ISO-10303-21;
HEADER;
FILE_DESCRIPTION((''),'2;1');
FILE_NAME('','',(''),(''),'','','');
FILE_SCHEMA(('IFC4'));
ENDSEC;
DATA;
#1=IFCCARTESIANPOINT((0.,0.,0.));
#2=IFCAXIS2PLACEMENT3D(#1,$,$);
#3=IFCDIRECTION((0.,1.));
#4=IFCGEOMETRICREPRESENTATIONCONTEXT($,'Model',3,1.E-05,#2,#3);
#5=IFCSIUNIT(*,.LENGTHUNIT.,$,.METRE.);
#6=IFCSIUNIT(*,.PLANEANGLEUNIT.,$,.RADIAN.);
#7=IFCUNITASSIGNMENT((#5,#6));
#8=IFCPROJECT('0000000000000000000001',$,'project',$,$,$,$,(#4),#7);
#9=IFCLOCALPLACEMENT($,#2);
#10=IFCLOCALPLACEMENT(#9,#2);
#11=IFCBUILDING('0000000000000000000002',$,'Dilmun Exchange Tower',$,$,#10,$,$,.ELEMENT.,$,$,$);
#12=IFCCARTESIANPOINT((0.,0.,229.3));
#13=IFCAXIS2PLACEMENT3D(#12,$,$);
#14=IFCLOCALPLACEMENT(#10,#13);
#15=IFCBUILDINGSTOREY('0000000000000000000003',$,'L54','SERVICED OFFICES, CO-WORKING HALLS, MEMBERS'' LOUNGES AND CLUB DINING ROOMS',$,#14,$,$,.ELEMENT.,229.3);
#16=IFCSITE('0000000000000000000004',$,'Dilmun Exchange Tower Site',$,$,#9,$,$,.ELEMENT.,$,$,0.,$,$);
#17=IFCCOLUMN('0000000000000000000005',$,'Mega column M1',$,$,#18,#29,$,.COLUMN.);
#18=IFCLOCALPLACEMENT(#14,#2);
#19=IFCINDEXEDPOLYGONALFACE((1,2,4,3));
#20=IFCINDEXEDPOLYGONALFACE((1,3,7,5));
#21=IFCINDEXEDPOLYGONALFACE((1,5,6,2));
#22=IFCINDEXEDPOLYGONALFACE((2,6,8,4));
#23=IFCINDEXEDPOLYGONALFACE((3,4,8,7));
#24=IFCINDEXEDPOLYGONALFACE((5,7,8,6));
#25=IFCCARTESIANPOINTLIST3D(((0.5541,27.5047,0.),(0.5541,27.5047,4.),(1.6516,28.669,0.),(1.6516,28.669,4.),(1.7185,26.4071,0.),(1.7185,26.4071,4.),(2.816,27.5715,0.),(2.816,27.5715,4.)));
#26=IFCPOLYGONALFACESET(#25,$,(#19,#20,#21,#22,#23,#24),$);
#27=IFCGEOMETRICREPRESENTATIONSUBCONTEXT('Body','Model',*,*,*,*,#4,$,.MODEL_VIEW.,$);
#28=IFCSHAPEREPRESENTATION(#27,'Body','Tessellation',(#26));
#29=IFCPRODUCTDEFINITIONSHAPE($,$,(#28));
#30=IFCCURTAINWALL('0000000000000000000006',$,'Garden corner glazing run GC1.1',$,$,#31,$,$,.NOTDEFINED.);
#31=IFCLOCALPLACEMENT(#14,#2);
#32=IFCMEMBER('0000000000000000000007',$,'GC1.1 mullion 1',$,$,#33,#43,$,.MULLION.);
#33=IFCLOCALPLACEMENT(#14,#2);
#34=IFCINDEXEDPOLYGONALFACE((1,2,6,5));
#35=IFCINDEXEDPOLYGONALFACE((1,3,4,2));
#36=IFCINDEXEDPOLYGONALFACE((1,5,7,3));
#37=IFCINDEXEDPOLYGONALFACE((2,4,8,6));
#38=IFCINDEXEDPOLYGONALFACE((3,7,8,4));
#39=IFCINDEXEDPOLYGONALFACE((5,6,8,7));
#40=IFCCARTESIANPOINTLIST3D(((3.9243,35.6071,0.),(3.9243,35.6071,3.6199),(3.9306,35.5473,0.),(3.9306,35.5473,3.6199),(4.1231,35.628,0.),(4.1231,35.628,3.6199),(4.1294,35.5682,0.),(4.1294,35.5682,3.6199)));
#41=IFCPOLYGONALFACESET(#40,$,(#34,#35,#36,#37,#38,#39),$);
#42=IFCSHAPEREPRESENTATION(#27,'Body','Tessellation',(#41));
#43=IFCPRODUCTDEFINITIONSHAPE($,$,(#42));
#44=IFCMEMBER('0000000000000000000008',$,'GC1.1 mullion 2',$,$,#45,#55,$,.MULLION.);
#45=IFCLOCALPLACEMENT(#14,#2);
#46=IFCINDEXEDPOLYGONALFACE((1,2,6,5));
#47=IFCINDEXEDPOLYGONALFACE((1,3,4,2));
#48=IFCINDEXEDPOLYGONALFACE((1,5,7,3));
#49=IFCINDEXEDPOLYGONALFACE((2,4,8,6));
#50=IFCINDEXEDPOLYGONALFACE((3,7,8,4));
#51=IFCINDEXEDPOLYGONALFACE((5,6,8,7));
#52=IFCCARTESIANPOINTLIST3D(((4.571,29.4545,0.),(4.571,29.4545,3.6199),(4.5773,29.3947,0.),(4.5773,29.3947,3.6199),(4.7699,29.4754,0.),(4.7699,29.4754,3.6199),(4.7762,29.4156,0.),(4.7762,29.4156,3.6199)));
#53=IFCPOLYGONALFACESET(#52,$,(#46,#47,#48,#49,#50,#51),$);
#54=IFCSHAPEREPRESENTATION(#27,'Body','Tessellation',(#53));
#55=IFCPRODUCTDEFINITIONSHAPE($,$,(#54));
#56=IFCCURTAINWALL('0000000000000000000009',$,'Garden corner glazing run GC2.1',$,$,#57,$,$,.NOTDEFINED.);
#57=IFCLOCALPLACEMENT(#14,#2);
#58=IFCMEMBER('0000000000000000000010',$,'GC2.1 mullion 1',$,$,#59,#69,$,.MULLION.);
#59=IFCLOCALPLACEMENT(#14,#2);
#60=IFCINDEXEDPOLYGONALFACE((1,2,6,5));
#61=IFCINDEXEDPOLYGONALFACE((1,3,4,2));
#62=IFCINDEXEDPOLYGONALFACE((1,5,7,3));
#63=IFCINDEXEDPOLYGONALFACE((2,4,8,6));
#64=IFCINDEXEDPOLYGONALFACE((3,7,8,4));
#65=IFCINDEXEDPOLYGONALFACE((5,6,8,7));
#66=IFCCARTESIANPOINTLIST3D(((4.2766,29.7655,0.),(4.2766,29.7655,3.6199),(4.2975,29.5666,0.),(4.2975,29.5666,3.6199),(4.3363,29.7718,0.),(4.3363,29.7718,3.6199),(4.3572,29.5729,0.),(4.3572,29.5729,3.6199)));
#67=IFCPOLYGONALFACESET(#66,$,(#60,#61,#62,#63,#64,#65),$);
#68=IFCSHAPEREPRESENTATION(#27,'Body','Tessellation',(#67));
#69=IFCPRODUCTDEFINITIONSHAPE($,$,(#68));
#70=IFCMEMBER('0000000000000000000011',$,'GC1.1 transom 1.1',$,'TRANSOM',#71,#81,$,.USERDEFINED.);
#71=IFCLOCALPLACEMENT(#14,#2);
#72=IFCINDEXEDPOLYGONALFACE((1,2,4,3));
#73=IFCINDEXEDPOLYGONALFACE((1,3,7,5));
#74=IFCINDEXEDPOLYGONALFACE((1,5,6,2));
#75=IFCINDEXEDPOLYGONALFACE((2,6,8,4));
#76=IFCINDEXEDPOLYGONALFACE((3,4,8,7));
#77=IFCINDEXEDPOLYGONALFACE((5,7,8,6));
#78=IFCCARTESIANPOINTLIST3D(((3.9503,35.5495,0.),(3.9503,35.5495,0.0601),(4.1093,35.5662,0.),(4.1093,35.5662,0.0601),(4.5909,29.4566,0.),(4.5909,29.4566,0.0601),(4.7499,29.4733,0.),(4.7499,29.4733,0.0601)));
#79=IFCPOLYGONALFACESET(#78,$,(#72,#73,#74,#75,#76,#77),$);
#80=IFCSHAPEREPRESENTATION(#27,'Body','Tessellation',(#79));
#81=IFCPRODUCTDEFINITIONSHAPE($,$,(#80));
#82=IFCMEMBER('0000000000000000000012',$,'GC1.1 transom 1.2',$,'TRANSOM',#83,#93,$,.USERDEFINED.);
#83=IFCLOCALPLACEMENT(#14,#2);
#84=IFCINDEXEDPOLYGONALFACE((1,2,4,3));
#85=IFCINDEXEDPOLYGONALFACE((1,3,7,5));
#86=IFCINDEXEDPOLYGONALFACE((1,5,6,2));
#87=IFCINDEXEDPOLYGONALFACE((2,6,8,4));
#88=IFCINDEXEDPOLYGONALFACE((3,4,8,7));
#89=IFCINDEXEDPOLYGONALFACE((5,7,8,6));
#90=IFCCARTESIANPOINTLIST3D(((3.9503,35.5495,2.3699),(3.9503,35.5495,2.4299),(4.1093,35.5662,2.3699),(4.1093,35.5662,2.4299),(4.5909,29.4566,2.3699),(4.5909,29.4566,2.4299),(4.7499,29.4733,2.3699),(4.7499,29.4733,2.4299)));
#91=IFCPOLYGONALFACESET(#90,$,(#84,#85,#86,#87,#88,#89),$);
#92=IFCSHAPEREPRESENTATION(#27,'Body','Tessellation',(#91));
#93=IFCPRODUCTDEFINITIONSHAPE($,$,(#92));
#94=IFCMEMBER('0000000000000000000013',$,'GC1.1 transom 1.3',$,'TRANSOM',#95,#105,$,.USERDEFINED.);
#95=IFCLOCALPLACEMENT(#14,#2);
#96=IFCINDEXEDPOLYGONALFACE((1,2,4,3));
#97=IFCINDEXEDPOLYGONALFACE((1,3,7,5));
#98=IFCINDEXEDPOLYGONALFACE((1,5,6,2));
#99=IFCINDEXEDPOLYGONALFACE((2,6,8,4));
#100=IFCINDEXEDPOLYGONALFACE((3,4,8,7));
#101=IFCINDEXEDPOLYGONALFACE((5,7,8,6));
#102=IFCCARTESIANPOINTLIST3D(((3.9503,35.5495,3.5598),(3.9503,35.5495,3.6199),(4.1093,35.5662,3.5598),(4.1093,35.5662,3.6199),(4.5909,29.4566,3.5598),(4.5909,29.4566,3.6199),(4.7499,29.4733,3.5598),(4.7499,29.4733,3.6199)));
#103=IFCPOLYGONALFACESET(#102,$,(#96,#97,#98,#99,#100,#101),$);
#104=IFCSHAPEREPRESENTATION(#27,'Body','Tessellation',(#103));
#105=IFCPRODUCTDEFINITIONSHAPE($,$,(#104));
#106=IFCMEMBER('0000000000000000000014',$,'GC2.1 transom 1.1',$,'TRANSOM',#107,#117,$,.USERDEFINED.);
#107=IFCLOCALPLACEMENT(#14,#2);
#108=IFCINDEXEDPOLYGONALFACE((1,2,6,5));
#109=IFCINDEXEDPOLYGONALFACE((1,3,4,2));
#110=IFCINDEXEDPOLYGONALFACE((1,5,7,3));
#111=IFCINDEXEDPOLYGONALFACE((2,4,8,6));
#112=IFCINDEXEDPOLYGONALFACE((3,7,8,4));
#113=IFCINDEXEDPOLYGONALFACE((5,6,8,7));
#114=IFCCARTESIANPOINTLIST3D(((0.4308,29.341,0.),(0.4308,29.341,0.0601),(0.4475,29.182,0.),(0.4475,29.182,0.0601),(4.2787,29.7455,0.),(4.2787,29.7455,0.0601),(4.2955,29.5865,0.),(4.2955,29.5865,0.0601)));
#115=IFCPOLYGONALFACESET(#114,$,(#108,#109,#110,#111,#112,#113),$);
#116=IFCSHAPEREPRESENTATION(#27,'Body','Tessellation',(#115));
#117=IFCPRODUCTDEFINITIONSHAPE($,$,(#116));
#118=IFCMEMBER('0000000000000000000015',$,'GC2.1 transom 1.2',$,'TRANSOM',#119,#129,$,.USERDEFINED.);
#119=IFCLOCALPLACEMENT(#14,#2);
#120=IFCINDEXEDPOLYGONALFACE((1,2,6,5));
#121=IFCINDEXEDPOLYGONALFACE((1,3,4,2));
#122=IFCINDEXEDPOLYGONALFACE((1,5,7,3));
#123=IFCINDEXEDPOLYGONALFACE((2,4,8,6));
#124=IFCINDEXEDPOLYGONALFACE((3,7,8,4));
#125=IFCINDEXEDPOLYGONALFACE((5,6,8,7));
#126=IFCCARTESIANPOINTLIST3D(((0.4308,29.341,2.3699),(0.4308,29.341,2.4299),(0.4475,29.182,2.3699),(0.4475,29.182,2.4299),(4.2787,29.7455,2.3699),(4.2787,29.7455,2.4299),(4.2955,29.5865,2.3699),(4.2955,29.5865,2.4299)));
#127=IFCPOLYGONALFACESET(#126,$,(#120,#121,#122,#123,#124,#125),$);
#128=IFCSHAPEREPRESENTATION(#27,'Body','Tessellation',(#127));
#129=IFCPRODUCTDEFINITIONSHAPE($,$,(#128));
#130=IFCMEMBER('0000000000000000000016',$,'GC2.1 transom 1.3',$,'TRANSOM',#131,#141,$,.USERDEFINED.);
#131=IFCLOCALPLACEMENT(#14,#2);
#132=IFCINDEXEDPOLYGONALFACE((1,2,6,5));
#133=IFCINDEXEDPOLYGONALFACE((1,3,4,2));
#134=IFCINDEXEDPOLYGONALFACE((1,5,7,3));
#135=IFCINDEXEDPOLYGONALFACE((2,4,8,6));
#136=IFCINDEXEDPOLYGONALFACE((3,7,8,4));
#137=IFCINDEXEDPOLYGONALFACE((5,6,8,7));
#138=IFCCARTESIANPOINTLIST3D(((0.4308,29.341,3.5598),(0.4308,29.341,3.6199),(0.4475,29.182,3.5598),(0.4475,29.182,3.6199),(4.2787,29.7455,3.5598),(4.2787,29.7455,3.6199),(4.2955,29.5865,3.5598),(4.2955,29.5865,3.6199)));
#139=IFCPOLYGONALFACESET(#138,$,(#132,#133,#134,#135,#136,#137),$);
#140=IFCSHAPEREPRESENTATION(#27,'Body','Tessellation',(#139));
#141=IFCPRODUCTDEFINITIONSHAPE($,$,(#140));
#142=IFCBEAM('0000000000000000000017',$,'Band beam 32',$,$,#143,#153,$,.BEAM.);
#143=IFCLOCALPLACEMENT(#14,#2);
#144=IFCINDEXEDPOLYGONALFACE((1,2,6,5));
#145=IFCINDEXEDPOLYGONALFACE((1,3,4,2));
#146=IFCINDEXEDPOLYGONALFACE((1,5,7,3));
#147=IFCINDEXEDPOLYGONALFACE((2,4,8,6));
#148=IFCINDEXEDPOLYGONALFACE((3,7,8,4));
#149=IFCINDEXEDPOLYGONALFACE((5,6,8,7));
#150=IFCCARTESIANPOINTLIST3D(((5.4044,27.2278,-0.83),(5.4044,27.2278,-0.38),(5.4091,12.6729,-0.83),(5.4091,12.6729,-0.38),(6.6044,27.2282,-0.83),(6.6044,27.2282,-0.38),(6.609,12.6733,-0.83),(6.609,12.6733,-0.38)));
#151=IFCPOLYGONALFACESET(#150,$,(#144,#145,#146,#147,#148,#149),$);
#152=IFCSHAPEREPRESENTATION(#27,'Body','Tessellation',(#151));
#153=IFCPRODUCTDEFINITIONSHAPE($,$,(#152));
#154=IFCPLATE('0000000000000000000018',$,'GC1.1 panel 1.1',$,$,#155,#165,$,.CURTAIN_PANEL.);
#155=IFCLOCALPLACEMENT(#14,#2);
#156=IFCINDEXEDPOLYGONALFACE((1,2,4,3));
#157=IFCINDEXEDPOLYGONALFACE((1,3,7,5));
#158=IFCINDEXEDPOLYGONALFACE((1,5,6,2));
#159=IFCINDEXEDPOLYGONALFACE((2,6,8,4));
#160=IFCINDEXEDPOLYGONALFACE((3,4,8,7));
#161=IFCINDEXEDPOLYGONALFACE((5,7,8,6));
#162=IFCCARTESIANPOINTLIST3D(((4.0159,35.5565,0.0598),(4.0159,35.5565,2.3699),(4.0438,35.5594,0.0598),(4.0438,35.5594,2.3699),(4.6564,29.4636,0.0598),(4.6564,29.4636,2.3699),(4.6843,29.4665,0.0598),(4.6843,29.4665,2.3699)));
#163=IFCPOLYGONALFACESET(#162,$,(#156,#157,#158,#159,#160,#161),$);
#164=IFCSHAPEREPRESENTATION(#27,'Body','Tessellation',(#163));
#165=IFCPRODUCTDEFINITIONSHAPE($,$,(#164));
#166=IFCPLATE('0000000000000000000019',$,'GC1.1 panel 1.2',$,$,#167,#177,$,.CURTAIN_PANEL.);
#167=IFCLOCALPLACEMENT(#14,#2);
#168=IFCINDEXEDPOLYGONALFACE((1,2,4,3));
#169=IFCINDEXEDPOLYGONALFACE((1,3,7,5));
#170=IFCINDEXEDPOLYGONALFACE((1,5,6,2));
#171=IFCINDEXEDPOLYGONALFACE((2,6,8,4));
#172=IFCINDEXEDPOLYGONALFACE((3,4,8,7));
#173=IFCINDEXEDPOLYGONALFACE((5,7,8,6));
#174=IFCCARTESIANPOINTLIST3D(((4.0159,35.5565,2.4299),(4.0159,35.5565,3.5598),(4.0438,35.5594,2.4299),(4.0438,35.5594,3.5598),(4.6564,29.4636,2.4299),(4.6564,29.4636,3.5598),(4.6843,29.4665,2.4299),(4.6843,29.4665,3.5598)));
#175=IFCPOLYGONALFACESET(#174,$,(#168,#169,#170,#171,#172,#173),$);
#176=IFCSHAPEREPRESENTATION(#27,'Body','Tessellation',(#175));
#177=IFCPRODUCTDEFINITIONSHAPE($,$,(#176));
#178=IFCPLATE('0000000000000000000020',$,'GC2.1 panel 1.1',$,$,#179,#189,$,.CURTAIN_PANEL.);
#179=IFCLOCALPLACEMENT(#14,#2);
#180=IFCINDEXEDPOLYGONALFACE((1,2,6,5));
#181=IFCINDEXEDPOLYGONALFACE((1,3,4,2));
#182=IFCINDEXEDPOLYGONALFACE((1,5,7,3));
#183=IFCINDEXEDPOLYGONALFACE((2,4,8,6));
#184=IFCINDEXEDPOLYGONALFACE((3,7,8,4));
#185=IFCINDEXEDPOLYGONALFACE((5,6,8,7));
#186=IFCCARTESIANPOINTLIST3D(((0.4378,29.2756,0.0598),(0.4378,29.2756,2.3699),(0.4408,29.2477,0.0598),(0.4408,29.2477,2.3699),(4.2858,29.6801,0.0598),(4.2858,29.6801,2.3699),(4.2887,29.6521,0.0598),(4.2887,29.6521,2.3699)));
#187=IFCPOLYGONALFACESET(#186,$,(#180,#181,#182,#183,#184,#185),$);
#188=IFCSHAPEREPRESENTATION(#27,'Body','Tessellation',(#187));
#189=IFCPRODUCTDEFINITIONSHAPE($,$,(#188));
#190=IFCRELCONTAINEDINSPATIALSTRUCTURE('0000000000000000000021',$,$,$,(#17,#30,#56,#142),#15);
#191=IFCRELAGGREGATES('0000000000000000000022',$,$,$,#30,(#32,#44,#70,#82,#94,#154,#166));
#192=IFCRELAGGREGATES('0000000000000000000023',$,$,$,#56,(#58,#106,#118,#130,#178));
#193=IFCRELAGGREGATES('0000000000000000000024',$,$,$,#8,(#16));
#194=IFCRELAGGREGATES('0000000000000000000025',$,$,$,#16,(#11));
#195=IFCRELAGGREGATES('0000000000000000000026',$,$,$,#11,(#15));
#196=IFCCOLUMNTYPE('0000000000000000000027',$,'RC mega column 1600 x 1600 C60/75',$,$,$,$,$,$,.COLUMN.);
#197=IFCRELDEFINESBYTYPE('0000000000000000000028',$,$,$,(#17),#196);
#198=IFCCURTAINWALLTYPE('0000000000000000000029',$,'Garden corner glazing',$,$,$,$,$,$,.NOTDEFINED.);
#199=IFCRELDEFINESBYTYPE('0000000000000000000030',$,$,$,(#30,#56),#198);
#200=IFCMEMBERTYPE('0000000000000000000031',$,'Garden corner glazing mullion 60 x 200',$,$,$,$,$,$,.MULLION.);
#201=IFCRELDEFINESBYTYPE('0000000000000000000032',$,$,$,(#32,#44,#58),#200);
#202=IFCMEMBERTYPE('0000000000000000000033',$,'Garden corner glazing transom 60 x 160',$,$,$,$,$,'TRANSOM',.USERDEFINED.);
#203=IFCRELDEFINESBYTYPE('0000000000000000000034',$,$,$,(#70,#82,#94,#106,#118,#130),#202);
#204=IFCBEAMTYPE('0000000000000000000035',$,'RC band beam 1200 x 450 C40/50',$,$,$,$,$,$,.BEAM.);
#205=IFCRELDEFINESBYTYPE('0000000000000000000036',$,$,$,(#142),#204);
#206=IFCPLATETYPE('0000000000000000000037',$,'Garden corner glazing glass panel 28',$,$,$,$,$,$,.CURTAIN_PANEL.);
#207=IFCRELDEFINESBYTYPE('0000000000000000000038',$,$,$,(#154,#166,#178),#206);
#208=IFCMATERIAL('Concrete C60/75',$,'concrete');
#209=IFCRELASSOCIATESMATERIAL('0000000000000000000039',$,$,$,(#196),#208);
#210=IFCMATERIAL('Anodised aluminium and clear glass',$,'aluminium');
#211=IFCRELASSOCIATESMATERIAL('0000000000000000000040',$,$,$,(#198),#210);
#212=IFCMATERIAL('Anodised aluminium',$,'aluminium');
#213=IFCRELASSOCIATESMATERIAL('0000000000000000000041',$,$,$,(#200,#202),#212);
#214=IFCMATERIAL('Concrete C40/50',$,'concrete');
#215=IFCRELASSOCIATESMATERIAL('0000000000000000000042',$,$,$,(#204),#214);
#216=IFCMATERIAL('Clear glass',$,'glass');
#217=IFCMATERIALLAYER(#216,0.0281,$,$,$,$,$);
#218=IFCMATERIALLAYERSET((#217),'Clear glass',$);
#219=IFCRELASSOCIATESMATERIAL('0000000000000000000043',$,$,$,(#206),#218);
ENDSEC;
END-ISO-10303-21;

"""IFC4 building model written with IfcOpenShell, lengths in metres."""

from ifc_helpers import new_model, si_unit, direction, frame, origin, origin_2d, place, context, subcontext, project, spatial, rectangle, extrude, material, layer, layer_set, material_profile, profile_set, type_object, element, aggregate, save


model = new_model("IFC4")

# Units and contexts
model_context = context("Model", 3, precision=1e-05, world=origin(), true_north=direction((0.0, 1.0)))
body_context = subcontext(model_context, "Body", "Model", "MODEL_VIEW")
ifc_project = project(units=[si_unit("LENGTHUNIT", "METRE"), si_unit("PLANEANGLEUNIT", "RADIAN")], contexts=[model_context])

# Site, building, storey
site_placement = place(None, origin())
site = spatial("IfcSite", under=ifc_project, at=site_placement, Name="Dilmun Exchange Tower Site", CompositionType="ELEMENT", RefElevation=0.0)
building_placement = place(site_placement, origin())
building = spatial("IfcBuilding", under=site, at=building_placement, Name="Dilmun Exchange Tower", CompositionType="ELEMENT")
storey_placement = place(building_placement, frame((0.0, 0.0, 229.3)))
storey = spatial("IfcBuildingStorey", under=building, at=storey_placement, Name="L54", Description="SERVICED OFFICES, CO-WORKING HALLS, MEMBERS' LOUNGES AND CLUB DINING ROOMS", CompositionType="ELEMENT", Elevation=229.3)

# Column
ifc_material_1 = material(Name="Concrete C60/75", Category="concrete")
ifc_material_profile_1 = material_profile(ifc_material_1, rectangle(XDim=1.6001, YDim=1.6001, at=origin_2d()), Name="1600 x 1600")
ifc_profile_set_1 = profile_set([ifc_material_profile_1], Name="Concrete C60/75")
column_type = type_object("IfcColumnType", Name="RC mega column 1600 x 1600 C60/75", PredefinedType="COLUMN", material=ifc_profile_set_1)
column_placement = place(storey_placement, frame((1.6851, 27.5381, 0.0), z_axis=(0.0, 0.0, 1.0), x_axis=(0.685916, 0.727681, 0.0)))
element("IfcColumn", 1, at=column_placement, inside=storey, type_object=column_type, Name="Mega column M1", PredefinedType="COLUMN", context=body_context, shape_type="SweptSolid", body=[
    extrude(rectangle(XDim=1.6001, YDim=1.6001, at=origin_2d()), origin(), (0.0, 0.0, 1.0), 4.0),
])

# Curtain wall, members
ifc_material_2 = material(Name="Anodised aluminium and clear glass", Category="aluminium")
curtain_wall_type = type_object("IfcCurtainWallType", Name="Garden corner glazing", PredefinedType="NOTDEFINED", material=ifc_material_2)
curtain_wall_1_placement = place(storey_placement, origin())
curtain_wall_1 = element("IfcCurtainWall", 2, at=curtain_wall_1_placement, inside=storey, type_object=curtain_wall_type, Name="Garden corner glazing run GC1.1", PredefinedType="NOTDEFINED")
ifc_material_3 = material(Name="Anodised aluminium", Category="aluminium")
ifc_material_profile_2 = material_profile(ifc_material_3, rectangle(XDim=0.2, YDim=0.0601, at=origin_2d()), Name="AL 60x200")
ifc_profile_set_2 = profile_set([ifc_material_profile_2], Name="Anodised aluminium")
member_type_1 = type_object("IfcMemberType", Name="Garden corner glazing mullion 60 x 200", PredefinedType="MULLION", material=ifc_profile_set_2)
member_1_placement = place(storey_placement, frame((4.0269, 35.5876, 0.0), z_axis=(0.0, 0.0, 1.0), x_axis=(0.994521, 0.10454, 0.0)))
member_1 = element("IfcMember", 3, at=member_1_placement, type_object=member_type_1, Name="GC1.1 mullion 1", PredefinedType="MULLION", context=body_context, shape_type="SweptSolid", body=[
    extrude(rectangle(XDim=0.2, YDim=0.0601, at=origin_2d()), origin(), (0.0, 0.0, 1.0), 3.6199),
])
member_2_placement = place(storey_placement, frame((4.6736, 29.4351, 0.0), z_axis=(0.0, 0.0, 1.0), x_axis=(0.994521, 0.10454, 0.0)))
member_2 = element("IfcMember", 4, at=member_2_placement, type_object=member_type_1, Name="GC1.1 mullion 2", PredefinedType="MULLION", context=body_context, shape_type="SweptSolid", body=[
    extrude(rectangle(XDim=0.2, YDim=0.0601, at=origin_2d()), origin(), (0.0, 0.0, 1.0), 3.6199),
])

# Curtain wall, member
curtain_wall_2_placement = place(storey_placement, origin())
curtain_wall_2 = element("IfcCurtainWall", 5, at=curtain_wall_2_placement, inside=storey, type_object=curtain_wall_type, Name="Garden corner glazing run GC2.1", PredefinedType="NOTDEFINED")
member_3_placement = place(storey_placement, frame((4.3169, 29.6692, 0.0), z_axis=(0.0, 0.0, 1.0), x_axis=(0.104536, -0.994521, 0.0)))
member_3 = element("IfcMember", 6, at=member_3_placement, type_object=member_type_1, Name="GC2.1 mullion 1", PredefinedType="MULLION", context=body_context, shape_type="SweptSolid", body=[
    extrude(rectangle(XDim=0.2, YDim=0.0601, at=origin_2d()), origin(), (0.0, 0.0, 1.0), 3.6199),
])

# Members
ifc_material_profile_3 = material_profile(ifc_material_3, rectangle(XDim=0.1599, YDim=0.0601, at=origin_2d()), Name="AL 60x160")
ifc_profile_set_3 = profile_set([ifc_material_profile_3], Name="Anodised aluminium")
member_type_2 = type_object("IfcMemberType", Name="Garden corner glazing transom 60 x 160", ElementType="TRANSOM", PredefinedType="USERDEFINED", material=ifc_profile_set_3)
member_4_placement = place(storey_placement, frame((4.0298, 35.5579, 0.03), z_axis=(0.104569, -0.994518, 0.0), x_axis=(0.994518, 0.104569, 0.0)))
member_4 = element("IfcMember", 7, at=member_4_placement, type_object=member_type_2, Name="GC1.1 transom 1.1", ObjectType="TRANSOM", PredefinedType="USERDEFINED", context=body_context, shape_type="SweptSolid", body=[
    extrude(rectangle(XDim=0.1599, YDim=0.0601, at=origin_2d()), origin(), (0.0, 0.0, 1.0), 6.1265),
])
member_5_placement = place(storey_placement, frame((4.0298, 35.5579, 2.3999), z_axis=(0.104569, -0.994518, 0.0), x_axis=(0.994518, 0.104569, 0.0)))
member_5 = element("IfcMember", 8, at=member_5_placement, type_object=member_type_2, Name="GC1.1 transom 1.2", ObjectType="TRANSOM", PredefinedType="USERDEFINED", context=body_context, shape_type="SweptSolid", body=[
    extrude(rectangle(XDim=0.1599, YDim=0.0601, at=origin_2d()), origin(), (0.0, 0.0, 1.0), 6.1265),
])
member_6_placement = place(storey_placement, frame((4.0298, 35.5579, 3.5898), z_axis=(0.104569, -0.994518, 0.0), x_axis=(0.994518, 0.104569, 0.0)))
member_6 = element("IfcMember", 9, at=member_6_placement, type_object=member_type_2, Name="GC1.1 transom 1.3", ObjectType="TRANSOM", PredefinedType="USERDEFINED", context=body_context, shape_type="SweptSolid", body=[
    extrude(rectangle(XDim=0.1599, YDim=0.0601, at=origin_2d()), origin(), (0.0, 0.0, 1.0), 6.1265),
])
member_7_placement = place(storey_placement, frame((4.2871, 29.666, 0.03), z_axis=(-0.994519, -0.104557, 0.0), x_axis=(0.104557, -0.994519, 0.0)))
member_7 = element("IfcMember", 10, at=member_7_placement, type_object=member_type_2, Name="GC2.1 transom 1.1", ObjectType="TRANSOM", PredefinedType="USERDEFINED", context=body_context, shape_type="SweptSolid", body=[
    extrude(rectangle(XDim=0.1599, YDim=0.0601, at=origin_2d()), origin(), (0.0, 0.0, 1.0), 3.8691),
])
member_8_placement = place(storey_placement, frame((4.2871, 29.666, 2.3999), z_axis=(-0.994519, -0.104557, 0.0), x_axis=(0.104557, -0.994519, 0.0)))
member_8 = element("IfcMember", 11, at=member_8_placement, type_object=member_type_2, Name="GC2.1 transom 1.2", ObjectType="TRANSOM", PredefinedType="USERDEFINED", context=body_context, shape_type="SweptSolid", body=[
    extrude(rectangle(XDim=0.1599, YDim=0.0601, at=origin_2d()), origin(), (0.0, 0.0, 1.0), 3.8691),
])
member_9_placement = place(storey_placement, frame((4.2871, 29.666, 3.5898), z_axis=(-0.994519, -0.104557, 0.0), x_axis=(0.104557, -0.994519, 0.0)))
member_9 = element("IfcMember", 12, at=member_9_placement, type_object=member_type_2, Name="GC2.1 transom 1.3", ObjectType="TRANSOM", PredefinedType="USERDEFINED", context=body_context, shape_type="SweptSolid", body=[
    extrude(rectangle(XDim=0.1599, YDim=0.0601, at=origin_2d()), origin(), (0.0, 0.0, 1.0), 3.8691),
])

# Beam
ifc_material_4 = material(Name="Concrete C40/50", Category="concrete")
ifc_material_profile_4 = material_profile(ifc_material_4, rectangle(XDim=1.2, YDim=0.45, at=origin_2d()), Name="1200 x 450")
ifc_profile_set_4 = profile_set([ifc_material_profile_4], Name="Concrete C40/50")
beam_type = type_object("IfcBeamType", Name="RC band beam 1200 x 450 C40/50", PredefinedType="BEAM", material=ifc_profile_set_4)
beam_placement = place(storey_placement, frame((6.0044, 27.228, -0.605), z_axis=(0.000319, -1.0, 0.0), x_axis=(1.0, 0.000319, 0.0)))
element("IfcBeam", 13, at=beam_placement, inside=storey, type_object=beam_type, Name="Band beam 32", PredefinedType="BEAM", context=body_context, shape_type="SweptSolid", body=[
    extrude(rectangle(XDim=1.2, YDim=0.45, at=origin_2d()), origin(), (0.0, 0.0, 1.0), 14.5549),
])

# Plates
ifc_material_5 = material(Name="Clear glass", Category="glass")
ifc_layer = layer(ifc_material_5, 0.0281)
ifc_layer_set = layer_set([ifc_layer], Name="Clear glass")
plate_type = type_object("IfcPlateType", Name="Garden corner glazing glass panel 28", PredefinedType="CURTAIN_PANEL", material=ifc_layer_set)
plate_1_placement = place(storey_placement, frame((4.3501, 32.5115, 0.0598), z_axis=(0.0, 0.0, 1.0), x_axis=(0.10454, -0.994521, 0.0)))
plate_1 = element("IfcPlate", 14, at=plate_1_placement, type_object=plate_type, Name="GC1.1 panel 1.1", PredefinedType="CURTAIN_PANEL", context=body_context, shape_type="SweptSolid", body=[
    extrude(rectangle(XDim=6.1265, YDim=0.0281, at=origin_2d()), origin(), (0.0, 0.0, 1.0), 2.3101),
])
plate_2_placement = place(storey_placement, frame((4.3501, 32.5115, 2.4299), z_axis=(0.0, 0.0, 1.0), x_axis=(0.10454, -0.994521, 0.0)))
plate_2 = element("IfcPlate", 15, at=plate_2_placement, type_object=plate_type, Name="GC1.1 panel 1.2", PredefinedType="CURTAIN_PANEL", context=body_context, shape_type="SweptSolid", body=[
    extrude(rectangle(XDim=6.1265, YDim=0.0281, at=origin_2d()), origin(), (0.0, 0.0, 1.0), 1.1299),
])
aggregate(curtain_wall_1, [member_1, member_2, member_4, member_5, member_6, plate_1, plate_2])
plate_3_placement = place(storey_placement, frame((2.3633, 29.4639, 0.0598), z_axis=(0.0, 0.0, 1.0), x_axis=(-0.994521, -0.104536, 0.0)))
plate_3 = element("IfcPlate", 16, at=plate_3_placement, type_object=plate_type, Name="GC2.1 panel 1.1", PredefinedType="CURTAIN_PANEL", context=body_context, shape_type="SweptSolid", body=[
    extrude(rectangle(XDim=3.8691, YDim=0.0281, at=origin_2d()), origin(), (0.0, 0.0, 1.0), 2.3101),
])
aggregate(curtain_wall_2, [member_3, member_7, member_8, member_9, plate_3])

save(model, "model.ifc")
